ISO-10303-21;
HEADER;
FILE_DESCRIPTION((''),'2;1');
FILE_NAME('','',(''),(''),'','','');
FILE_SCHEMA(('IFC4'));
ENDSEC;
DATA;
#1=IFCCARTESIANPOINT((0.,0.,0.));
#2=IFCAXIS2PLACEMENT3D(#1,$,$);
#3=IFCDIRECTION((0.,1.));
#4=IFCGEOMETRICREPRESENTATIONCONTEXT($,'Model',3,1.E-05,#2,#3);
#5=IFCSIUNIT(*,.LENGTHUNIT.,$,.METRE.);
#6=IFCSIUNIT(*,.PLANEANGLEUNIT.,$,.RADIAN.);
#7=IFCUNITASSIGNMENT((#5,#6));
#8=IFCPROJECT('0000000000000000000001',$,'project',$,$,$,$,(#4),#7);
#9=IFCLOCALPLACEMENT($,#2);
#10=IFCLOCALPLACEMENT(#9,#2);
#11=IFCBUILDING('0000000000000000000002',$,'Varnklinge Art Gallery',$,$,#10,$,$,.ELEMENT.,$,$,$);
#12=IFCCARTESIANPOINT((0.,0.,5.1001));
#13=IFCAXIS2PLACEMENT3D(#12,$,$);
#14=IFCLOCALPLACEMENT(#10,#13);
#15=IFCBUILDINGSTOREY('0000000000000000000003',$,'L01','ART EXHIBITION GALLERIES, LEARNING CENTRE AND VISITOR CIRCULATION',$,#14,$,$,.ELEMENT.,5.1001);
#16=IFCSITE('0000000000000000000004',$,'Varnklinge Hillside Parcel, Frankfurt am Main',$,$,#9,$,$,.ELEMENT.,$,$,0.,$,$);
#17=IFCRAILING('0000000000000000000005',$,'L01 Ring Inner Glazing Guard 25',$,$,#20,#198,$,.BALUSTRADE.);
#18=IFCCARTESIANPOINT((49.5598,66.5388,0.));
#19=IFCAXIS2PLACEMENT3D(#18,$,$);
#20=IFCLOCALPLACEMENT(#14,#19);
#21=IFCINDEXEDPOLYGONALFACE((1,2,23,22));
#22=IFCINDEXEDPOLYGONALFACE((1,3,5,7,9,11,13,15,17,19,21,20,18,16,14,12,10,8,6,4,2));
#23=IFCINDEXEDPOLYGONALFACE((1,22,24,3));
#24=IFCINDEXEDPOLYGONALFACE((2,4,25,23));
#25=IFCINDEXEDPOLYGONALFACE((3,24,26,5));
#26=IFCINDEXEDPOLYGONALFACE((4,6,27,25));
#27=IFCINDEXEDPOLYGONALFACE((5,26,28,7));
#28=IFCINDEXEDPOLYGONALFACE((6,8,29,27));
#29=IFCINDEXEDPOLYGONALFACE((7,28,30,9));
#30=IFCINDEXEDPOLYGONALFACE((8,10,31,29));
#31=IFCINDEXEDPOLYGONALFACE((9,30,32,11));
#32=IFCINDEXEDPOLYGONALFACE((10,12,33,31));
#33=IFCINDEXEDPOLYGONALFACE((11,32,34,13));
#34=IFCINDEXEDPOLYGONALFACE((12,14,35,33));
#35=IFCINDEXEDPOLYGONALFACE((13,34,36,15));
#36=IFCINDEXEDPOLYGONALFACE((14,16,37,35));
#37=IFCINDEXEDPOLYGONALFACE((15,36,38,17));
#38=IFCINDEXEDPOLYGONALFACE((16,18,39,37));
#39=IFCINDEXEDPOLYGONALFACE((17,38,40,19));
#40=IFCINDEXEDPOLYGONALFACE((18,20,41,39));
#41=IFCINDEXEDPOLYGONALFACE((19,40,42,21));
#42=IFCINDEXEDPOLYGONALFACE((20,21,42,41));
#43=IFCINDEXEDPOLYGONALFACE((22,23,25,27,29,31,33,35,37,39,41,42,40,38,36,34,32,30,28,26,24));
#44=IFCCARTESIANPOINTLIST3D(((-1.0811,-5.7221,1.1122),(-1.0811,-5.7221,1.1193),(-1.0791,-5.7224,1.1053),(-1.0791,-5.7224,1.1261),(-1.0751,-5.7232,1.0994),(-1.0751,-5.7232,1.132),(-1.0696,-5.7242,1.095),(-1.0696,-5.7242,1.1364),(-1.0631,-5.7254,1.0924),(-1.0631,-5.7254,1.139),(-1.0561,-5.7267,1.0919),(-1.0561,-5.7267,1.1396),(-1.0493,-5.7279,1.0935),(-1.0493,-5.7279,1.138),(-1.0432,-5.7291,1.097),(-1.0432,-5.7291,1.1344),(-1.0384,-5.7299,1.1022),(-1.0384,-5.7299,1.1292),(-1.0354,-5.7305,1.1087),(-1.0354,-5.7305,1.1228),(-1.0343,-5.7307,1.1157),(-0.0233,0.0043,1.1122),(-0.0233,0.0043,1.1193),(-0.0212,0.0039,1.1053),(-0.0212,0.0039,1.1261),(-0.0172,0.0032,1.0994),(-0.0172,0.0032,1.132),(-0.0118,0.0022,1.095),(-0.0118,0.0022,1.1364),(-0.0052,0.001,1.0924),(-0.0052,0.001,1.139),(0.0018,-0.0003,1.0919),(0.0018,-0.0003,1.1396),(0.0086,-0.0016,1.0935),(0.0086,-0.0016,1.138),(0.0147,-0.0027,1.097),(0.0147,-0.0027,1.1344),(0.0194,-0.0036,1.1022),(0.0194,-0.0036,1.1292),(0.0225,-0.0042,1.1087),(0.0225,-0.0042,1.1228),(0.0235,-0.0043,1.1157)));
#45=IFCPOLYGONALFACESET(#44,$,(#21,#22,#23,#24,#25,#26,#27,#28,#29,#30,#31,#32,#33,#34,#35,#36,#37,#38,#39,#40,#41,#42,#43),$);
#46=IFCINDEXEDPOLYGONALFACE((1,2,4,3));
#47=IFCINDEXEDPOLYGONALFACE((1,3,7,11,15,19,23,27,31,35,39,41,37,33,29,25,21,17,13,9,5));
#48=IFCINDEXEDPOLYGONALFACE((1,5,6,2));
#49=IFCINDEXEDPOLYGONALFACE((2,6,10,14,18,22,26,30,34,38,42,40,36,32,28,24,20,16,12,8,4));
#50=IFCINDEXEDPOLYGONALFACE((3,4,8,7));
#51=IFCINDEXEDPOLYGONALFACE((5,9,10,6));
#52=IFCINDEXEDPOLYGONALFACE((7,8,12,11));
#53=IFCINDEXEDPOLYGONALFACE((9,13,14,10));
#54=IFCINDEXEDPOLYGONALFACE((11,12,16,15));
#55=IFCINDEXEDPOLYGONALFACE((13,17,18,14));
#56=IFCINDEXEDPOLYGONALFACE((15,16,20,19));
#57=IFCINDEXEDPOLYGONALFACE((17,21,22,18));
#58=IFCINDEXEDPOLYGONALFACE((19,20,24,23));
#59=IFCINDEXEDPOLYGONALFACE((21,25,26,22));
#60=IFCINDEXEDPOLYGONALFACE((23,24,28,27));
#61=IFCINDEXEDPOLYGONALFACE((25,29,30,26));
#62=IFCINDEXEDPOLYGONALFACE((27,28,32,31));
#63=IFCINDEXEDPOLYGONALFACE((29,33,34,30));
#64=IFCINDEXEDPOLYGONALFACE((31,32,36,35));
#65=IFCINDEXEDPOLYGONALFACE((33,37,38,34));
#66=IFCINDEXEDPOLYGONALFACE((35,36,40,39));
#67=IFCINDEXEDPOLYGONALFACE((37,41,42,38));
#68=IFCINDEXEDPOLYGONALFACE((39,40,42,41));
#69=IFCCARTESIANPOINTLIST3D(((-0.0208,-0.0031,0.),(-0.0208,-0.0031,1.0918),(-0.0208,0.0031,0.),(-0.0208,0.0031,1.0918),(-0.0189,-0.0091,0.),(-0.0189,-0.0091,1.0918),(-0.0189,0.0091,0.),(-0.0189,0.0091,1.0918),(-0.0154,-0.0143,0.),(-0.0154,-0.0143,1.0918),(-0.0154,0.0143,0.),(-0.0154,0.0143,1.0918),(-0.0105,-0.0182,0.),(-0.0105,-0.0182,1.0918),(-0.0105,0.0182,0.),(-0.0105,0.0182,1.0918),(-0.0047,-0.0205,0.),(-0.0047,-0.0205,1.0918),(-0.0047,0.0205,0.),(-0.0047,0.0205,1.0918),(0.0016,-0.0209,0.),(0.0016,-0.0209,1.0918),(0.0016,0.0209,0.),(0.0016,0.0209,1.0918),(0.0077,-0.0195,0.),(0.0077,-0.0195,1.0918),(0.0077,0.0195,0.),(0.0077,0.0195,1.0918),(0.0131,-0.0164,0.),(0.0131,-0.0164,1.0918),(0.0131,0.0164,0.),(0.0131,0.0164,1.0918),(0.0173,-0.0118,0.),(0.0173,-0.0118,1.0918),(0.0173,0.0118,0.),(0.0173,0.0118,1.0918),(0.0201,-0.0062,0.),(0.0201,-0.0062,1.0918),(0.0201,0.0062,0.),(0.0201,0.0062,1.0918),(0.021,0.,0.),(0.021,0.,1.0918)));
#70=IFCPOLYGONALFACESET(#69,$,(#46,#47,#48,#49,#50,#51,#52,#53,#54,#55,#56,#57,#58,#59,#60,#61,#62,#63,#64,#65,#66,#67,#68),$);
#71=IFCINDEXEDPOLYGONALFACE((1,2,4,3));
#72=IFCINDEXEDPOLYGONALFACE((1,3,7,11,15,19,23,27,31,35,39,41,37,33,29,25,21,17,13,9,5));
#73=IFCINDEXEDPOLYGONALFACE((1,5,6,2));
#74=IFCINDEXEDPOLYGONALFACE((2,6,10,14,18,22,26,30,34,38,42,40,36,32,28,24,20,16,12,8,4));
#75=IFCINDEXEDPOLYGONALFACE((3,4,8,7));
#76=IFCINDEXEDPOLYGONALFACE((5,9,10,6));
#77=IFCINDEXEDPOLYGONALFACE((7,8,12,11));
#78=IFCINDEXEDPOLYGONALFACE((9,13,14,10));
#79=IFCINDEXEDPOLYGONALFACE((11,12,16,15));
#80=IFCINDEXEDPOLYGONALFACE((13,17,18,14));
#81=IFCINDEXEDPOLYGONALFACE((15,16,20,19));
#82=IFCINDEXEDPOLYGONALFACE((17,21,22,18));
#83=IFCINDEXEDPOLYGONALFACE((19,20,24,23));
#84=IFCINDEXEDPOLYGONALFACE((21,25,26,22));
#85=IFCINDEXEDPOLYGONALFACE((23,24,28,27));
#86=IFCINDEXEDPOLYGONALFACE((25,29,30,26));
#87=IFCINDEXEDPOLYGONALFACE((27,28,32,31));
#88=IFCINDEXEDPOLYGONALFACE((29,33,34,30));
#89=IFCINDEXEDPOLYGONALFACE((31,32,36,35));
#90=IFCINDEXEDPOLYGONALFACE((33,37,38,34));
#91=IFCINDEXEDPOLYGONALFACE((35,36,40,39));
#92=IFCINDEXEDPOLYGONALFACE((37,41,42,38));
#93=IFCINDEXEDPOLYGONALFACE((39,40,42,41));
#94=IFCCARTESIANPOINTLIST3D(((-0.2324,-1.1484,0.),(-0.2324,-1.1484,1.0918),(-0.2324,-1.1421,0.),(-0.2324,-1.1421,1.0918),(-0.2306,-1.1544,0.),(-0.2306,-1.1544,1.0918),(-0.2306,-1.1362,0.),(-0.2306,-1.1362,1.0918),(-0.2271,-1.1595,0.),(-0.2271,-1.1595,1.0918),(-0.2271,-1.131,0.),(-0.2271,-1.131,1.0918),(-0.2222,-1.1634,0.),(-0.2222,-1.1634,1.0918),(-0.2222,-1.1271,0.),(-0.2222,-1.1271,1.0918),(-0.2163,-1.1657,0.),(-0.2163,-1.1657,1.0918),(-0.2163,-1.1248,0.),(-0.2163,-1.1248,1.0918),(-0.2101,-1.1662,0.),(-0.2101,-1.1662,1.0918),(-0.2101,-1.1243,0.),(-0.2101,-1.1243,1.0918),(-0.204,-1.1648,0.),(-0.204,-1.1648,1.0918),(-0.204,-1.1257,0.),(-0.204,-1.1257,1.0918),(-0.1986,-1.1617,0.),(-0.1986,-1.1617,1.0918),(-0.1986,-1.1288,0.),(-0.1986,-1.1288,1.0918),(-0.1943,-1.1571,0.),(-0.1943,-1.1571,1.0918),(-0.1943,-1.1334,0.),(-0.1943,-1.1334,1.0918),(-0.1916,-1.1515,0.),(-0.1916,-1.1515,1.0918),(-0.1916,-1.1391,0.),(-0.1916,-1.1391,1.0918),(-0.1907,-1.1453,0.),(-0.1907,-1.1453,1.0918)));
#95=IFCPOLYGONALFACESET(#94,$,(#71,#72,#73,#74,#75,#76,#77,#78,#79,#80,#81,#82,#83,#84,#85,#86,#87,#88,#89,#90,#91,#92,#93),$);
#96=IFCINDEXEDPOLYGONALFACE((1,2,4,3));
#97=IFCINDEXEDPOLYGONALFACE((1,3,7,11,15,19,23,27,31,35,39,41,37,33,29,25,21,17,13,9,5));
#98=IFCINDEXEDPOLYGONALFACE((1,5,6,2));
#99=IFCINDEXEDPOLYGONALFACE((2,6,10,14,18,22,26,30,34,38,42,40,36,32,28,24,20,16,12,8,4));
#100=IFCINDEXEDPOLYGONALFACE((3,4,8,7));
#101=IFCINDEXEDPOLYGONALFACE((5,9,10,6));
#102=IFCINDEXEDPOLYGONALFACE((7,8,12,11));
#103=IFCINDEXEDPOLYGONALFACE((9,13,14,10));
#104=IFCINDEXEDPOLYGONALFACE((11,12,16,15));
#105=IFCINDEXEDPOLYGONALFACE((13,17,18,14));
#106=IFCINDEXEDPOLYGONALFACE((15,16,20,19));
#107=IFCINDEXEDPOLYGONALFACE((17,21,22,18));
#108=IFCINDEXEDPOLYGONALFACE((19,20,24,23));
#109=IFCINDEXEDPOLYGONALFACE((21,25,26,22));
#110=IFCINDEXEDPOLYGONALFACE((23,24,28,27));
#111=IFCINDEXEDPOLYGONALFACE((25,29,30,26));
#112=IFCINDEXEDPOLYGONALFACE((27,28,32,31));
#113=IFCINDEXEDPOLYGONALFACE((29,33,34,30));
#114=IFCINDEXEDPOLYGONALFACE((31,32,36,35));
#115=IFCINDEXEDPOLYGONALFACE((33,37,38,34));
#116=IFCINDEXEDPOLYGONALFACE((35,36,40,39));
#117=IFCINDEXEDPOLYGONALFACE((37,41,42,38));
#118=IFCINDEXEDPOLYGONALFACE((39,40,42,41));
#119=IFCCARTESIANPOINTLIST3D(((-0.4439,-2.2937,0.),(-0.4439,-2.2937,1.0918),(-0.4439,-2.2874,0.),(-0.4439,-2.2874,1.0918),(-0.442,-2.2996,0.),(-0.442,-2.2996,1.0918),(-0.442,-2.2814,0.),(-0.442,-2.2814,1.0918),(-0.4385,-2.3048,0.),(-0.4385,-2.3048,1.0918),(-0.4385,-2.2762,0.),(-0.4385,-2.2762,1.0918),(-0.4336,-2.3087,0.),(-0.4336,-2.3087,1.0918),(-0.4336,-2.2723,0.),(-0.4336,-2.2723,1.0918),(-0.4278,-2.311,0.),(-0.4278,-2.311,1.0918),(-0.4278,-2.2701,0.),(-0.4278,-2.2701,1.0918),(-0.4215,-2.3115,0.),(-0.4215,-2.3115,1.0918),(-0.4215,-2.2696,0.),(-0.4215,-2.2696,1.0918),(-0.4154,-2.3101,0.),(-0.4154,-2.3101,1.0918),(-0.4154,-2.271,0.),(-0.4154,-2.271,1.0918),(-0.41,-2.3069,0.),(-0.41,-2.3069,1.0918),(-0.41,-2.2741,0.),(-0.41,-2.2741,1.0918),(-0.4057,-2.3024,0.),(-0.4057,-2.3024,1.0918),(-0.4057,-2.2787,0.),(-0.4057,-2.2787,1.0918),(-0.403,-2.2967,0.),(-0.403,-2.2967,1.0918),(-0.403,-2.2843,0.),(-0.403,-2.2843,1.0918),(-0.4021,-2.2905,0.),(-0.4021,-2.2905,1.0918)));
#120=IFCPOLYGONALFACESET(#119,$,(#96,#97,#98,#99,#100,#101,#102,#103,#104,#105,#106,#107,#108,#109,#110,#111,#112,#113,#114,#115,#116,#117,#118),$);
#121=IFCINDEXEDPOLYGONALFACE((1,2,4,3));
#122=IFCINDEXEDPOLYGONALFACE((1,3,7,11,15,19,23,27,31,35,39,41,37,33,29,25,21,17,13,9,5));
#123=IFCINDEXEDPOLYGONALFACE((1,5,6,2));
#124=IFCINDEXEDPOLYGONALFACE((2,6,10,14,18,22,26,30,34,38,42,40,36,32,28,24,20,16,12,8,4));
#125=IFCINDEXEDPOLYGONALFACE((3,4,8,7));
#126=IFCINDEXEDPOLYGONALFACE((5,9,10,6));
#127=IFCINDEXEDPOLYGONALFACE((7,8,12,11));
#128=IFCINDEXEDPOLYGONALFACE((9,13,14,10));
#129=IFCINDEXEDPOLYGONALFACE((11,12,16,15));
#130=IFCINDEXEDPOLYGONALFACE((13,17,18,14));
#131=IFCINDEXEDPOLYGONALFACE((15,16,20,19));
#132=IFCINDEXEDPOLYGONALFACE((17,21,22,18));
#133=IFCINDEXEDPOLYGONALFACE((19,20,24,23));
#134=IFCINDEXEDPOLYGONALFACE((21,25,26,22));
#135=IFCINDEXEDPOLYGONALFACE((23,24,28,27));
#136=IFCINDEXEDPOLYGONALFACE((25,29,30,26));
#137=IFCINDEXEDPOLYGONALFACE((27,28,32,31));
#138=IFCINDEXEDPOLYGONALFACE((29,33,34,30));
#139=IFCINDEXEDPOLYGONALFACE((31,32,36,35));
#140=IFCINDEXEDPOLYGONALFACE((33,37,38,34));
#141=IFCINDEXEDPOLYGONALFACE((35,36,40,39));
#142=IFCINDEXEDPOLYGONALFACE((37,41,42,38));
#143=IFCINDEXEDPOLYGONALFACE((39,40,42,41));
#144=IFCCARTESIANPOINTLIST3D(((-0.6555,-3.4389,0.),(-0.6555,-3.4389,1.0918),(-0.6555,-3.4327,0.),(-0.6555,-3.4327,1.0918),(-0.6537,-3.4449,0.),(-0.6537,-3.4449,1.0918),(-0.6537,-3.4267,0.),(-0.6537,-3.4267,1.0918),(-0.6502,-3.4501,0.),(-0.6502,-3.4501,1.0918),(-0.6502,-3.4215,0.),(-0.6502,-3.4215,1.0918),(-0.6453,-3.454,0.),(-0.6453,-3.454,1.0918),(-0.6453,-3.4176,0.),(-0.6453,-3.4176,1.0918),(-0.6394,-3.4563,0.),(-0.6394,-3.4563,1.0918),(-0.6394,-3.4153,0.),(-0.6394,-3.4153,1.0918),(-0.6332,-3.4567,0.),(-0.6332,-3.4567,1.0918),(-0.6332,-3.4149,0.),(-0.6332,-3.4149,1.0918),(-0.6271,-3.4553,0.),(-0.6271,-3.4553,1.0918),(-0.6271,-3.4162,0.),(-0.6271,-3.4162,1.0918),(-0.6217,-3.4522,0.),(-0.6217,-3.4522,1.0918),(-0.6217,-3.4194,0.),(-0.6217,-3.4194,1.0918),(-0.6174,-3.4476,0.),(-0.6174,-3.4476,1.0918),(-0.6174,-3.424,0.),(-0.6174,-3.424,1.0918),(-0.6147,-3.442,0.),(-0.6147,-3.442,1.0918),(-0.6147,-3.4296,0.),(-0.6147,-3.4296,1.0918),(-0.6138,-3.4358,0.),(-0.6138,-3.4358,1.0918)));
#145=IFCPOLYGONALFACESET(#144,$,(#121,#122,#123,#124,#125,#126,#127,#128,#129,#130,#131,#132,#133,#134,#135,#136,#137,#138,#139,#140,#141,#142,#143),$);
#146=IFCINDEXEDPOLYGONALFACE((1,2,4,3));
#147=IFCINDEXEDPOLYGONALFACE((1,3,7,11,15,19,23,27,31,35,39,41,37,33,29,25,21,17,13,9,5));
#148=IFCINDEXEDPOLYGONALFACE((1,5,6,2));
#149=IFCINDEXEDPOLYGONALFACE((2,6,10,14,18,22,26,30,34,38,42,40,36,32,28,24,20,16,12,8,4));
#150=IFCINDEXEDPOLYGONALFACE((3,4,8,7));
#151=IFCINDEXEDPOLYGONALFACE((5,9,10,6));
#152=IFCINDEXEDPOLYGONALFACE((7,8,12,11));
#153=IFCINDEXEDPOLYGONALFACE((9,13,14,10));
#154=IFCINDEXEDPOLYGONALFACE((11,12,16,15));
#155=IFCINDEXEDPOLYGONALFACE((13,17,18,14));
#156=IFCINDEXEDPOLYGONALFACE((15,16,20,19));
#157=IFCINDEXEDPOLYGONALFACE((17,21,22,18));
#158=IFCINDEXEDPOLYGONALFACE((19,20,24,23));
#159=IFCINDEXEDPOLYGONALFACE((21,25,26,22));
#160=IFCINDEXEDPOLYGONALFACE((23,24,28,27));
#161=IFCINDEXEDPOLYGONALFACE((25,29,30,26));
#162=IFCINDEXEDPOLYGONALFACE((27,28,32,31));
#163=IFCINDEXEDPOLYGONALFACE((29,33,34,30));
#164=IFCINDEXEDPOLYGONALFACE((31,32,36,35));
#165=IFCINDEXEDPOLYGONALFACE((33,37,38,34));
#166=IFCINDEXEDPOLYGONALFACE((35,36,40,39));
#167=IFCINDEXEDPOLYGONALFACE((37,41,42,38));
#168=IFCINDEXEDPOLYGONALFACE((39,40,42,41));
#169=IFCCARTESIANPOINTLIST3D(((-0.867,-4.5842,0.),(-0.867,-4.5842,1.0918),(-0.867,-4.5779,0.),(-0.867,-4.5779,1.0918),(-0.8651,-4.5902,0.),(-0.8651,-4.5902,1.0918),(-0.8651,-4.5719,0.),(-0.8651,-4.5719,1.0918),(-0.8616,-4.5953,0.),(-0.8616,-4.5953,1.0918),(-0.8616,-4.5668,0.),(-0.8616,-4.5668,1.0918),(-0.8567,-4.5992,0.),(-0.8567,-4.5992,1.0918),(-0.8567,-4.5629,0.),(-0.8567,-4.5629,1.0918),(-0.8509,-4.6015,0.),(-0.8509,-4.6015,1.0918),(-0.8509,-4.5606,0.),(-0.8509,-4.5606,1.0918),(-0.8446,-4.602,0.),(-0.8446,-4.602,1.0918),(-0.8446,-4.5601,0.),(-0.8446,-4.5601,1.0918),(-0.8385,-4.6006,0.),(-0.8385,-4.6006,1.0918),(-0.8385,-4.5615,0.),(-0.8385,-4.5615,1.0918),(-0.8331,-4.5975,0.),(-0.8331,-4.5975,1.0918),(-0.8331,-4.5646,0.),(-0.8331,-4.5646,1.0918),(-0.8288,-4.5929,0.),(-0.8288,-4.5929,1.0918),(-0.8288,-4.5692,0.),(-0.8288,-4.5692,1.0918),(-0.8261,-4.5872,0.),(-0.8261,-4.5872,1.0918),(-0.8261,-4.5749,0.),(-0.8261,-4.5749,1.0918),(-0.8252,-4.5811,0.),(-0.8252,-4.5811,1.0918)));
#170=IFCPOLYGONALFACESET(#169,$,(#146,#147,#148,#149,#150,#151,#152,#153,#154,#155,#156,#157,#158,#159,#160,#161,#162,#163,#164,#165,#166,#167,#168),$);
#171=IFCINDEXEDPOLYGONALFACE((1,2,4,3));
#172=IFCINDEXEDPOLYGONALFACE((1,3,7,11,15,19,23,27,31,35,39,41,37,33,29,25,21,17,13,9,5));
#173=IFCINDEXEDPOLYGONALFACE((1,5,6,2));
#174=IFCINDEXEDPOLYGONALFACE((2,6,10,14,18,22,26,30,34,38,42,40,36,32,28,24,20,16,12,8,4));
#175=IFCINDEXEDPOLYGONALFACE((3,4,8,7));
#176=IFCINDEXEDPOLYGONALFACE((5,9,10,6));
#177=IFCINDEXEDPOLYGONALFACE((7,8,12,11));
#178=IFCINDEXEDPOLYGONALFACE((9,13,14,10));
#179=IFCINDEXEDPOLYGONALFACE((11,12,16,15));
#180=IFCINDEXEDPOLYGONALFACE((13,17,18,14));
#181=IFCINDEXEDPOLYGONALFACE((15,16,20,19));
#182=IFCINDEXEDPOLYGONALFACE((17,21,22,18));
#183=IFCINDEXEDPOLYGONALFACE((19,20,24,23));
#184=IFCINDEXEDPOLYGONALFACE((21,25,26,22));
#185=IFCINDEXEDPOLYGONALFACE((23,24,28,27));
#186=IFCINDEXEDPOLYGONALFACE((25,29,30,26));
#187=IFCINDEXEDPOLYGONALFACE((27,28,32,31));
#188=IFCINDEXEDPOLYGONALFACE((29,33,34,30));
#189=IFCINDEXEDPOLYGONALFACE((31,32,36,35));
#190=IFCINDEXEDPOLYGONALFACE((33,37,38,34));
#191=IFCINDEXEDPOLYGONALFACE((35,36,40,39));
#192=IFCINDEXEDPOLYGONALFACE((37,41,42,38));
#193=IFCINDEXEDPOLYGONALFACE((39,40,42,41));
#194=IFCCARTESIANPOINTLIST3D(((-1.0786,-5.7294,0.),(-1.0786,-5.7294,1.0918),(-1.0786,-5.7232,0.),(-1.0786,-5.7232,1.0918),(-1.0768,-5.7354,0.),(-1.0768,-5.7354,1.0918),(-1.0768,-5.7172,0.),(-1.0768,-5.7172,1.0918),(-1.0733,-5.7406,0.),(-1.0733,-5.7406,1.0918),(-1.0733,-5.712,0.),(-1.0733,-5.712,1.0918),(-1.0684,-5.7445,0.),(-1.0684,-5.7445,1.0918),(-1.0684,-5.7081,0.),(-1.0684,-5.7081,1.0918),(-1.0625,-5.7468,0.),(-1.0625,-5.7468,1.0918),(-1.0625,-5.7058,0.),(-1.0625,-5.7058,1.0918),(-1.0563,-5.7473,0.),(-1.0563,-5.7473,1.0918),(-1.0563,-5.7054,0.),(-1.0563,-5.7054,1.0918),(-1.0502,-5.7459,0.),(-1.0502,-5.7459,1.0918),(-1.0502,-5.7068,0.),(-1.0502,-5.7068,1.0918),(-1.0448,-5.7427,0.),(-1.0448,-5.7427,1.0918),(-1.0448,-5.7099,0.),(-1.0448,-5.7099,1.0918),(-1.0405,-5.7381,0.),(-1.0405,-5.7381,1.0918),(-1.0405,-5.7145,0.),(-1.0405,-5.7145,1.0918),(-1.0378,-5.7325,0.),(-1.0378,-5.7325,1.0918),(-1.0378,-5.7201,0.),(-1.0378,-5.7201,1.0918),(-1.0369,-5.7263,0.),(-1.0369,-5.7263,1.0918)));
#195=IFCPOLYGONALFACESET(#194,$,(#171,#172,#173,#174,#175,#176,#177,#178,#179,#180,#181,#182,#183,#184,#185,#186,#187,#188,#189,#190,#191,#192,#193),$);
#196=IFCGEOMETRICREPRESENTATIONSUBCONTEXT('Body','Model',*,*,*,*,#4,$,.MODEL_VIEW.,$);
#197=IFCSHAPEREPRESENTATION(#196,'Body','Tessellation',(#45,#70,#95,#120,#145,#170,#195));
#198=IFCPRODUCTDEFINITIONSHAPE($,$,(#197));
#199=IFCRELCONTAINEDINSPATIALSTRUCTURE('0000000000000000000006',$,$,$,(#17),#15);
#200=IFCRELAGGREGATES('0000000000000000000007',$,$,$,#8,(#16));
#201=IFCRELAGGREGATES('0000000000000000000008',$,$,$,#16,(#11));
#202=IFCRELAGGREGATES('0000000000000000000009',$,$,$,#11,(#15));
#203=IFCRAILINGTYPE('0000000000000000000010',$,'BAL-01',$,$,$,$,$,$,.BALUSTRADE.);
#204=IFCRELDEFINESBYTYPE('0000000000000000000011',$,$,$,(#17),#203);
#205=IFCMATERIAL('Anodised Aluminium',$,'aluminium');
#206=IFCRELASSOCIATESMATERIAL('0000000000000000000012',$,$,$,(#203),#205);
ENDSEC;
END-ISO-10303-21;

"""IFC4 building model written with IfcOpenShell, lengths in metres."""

from ifc_helpers import new_model, si_unit, direction, frame, origin, origin_2d, place, context, subcontext, project, spatial, circle, extrude, material, type_object, element, save


model = new_model("IFC4")

# Units and contexts
model_context = context("Model", 3, precision=1e-05, world=origin(), true_north=direction((0.0, 1.0)))
body_context = subcontext(model_context, "Body", "Model", "MODEL_VIEW")
ifc_project = project(units=[si_unit("LENGTHUNIT", "METRE"), si_unit("PLANEANGLEUNIT", "RADIAN")], contexts=[model_context])

# Site, building, storey
site_placement = place(None, origin())
site = spatial("IfcSite", under=ifc_project, at=site_placement, Name="Varnklinge Hillside Parcel, Frankfurt am Main", CompositionType="ELEMENT", RefElevation=0.0)
building_placement = place(site_placement, origin())
building = spatial("IfcBuilding", under=site, at=building_placement, Name="Varnklinge Art Gallery", CompositionType="ELEMENT")
storey_placement = place(building_placement, frame((0.0, 0.0, 5.1001)))
storey = spatial("IfcBuildingStorey", under=building, at=storey_placement, Name="L01", Description="ART EXHIBITION GALLERIES, LEARNING CENTRE AND VISITOR CIRCULATION", CompositionType="ELEMENT", Elevation=5.1001)

# Railing
ifc_material_1 = material(Name="Anodised Aluminium", Category="aluminium")
railing_type = type_object("IfcRailingType", Name="BAL-01", PredefinedType="BALUSTRADE", material=ifc_material_1)
railing_placement = place(storey_placement, frame((49.5598, 66.5388, 0.0)))
element("IfcRailing", 1, at=railing_placement, inside=storey, type_object=railing_type, Name="L01 Ring Inner Glazing Guard 25", PredefinedType="BALUSTRADE", context=body_context, shape_type="SweptSolid", body=[
    extrude(circle(Radius=0.0239, at=origin_2d()), frame((0.0, 0.0, 1.1157), z_axis=(-0.181663, -0.983361, 0.0), x_axis=(0.983361, -0.181663, 0.0)), (0.0, 0.0, 1.0), 5.8232),
    extrude(circle(Radius=0.021, at=origin_2d()), origin(), (0.0, 0.0, 1.0), 1.0918),
    extrude(circle(Radius=0.021, at=origin_2d()), frame((-0.2117, -1.1453, 0.0)), (0.0, 0.0, 1.0), 1.0918),
    extrude(circle(Radius=0.021, at=origin_2d()), frame((-0.4231, -2.2905, 0.0)), (0.0, 0.0, 1.0), 1.0918),
    extrude(circle(Radius=0.021, at=origin_2d()), frame((-0.6348, -3.4358, 0.0)), (0.0, 0.0, 1.0), 1.0918),
    extrude(circle(Radius=0.021, at=origin_2d()), frame((-0.8462, -4.5811, 0.0)), (0.0, 0.0, 1.0), 1.0918),
    extrude(circle(Radius=0.021, at=origin_2d()), frame((-1.0579, -5.7263, 0.0)), (0.0, 0.0, 1.0), 1.0918),
])

save(model, "model.ifc")
